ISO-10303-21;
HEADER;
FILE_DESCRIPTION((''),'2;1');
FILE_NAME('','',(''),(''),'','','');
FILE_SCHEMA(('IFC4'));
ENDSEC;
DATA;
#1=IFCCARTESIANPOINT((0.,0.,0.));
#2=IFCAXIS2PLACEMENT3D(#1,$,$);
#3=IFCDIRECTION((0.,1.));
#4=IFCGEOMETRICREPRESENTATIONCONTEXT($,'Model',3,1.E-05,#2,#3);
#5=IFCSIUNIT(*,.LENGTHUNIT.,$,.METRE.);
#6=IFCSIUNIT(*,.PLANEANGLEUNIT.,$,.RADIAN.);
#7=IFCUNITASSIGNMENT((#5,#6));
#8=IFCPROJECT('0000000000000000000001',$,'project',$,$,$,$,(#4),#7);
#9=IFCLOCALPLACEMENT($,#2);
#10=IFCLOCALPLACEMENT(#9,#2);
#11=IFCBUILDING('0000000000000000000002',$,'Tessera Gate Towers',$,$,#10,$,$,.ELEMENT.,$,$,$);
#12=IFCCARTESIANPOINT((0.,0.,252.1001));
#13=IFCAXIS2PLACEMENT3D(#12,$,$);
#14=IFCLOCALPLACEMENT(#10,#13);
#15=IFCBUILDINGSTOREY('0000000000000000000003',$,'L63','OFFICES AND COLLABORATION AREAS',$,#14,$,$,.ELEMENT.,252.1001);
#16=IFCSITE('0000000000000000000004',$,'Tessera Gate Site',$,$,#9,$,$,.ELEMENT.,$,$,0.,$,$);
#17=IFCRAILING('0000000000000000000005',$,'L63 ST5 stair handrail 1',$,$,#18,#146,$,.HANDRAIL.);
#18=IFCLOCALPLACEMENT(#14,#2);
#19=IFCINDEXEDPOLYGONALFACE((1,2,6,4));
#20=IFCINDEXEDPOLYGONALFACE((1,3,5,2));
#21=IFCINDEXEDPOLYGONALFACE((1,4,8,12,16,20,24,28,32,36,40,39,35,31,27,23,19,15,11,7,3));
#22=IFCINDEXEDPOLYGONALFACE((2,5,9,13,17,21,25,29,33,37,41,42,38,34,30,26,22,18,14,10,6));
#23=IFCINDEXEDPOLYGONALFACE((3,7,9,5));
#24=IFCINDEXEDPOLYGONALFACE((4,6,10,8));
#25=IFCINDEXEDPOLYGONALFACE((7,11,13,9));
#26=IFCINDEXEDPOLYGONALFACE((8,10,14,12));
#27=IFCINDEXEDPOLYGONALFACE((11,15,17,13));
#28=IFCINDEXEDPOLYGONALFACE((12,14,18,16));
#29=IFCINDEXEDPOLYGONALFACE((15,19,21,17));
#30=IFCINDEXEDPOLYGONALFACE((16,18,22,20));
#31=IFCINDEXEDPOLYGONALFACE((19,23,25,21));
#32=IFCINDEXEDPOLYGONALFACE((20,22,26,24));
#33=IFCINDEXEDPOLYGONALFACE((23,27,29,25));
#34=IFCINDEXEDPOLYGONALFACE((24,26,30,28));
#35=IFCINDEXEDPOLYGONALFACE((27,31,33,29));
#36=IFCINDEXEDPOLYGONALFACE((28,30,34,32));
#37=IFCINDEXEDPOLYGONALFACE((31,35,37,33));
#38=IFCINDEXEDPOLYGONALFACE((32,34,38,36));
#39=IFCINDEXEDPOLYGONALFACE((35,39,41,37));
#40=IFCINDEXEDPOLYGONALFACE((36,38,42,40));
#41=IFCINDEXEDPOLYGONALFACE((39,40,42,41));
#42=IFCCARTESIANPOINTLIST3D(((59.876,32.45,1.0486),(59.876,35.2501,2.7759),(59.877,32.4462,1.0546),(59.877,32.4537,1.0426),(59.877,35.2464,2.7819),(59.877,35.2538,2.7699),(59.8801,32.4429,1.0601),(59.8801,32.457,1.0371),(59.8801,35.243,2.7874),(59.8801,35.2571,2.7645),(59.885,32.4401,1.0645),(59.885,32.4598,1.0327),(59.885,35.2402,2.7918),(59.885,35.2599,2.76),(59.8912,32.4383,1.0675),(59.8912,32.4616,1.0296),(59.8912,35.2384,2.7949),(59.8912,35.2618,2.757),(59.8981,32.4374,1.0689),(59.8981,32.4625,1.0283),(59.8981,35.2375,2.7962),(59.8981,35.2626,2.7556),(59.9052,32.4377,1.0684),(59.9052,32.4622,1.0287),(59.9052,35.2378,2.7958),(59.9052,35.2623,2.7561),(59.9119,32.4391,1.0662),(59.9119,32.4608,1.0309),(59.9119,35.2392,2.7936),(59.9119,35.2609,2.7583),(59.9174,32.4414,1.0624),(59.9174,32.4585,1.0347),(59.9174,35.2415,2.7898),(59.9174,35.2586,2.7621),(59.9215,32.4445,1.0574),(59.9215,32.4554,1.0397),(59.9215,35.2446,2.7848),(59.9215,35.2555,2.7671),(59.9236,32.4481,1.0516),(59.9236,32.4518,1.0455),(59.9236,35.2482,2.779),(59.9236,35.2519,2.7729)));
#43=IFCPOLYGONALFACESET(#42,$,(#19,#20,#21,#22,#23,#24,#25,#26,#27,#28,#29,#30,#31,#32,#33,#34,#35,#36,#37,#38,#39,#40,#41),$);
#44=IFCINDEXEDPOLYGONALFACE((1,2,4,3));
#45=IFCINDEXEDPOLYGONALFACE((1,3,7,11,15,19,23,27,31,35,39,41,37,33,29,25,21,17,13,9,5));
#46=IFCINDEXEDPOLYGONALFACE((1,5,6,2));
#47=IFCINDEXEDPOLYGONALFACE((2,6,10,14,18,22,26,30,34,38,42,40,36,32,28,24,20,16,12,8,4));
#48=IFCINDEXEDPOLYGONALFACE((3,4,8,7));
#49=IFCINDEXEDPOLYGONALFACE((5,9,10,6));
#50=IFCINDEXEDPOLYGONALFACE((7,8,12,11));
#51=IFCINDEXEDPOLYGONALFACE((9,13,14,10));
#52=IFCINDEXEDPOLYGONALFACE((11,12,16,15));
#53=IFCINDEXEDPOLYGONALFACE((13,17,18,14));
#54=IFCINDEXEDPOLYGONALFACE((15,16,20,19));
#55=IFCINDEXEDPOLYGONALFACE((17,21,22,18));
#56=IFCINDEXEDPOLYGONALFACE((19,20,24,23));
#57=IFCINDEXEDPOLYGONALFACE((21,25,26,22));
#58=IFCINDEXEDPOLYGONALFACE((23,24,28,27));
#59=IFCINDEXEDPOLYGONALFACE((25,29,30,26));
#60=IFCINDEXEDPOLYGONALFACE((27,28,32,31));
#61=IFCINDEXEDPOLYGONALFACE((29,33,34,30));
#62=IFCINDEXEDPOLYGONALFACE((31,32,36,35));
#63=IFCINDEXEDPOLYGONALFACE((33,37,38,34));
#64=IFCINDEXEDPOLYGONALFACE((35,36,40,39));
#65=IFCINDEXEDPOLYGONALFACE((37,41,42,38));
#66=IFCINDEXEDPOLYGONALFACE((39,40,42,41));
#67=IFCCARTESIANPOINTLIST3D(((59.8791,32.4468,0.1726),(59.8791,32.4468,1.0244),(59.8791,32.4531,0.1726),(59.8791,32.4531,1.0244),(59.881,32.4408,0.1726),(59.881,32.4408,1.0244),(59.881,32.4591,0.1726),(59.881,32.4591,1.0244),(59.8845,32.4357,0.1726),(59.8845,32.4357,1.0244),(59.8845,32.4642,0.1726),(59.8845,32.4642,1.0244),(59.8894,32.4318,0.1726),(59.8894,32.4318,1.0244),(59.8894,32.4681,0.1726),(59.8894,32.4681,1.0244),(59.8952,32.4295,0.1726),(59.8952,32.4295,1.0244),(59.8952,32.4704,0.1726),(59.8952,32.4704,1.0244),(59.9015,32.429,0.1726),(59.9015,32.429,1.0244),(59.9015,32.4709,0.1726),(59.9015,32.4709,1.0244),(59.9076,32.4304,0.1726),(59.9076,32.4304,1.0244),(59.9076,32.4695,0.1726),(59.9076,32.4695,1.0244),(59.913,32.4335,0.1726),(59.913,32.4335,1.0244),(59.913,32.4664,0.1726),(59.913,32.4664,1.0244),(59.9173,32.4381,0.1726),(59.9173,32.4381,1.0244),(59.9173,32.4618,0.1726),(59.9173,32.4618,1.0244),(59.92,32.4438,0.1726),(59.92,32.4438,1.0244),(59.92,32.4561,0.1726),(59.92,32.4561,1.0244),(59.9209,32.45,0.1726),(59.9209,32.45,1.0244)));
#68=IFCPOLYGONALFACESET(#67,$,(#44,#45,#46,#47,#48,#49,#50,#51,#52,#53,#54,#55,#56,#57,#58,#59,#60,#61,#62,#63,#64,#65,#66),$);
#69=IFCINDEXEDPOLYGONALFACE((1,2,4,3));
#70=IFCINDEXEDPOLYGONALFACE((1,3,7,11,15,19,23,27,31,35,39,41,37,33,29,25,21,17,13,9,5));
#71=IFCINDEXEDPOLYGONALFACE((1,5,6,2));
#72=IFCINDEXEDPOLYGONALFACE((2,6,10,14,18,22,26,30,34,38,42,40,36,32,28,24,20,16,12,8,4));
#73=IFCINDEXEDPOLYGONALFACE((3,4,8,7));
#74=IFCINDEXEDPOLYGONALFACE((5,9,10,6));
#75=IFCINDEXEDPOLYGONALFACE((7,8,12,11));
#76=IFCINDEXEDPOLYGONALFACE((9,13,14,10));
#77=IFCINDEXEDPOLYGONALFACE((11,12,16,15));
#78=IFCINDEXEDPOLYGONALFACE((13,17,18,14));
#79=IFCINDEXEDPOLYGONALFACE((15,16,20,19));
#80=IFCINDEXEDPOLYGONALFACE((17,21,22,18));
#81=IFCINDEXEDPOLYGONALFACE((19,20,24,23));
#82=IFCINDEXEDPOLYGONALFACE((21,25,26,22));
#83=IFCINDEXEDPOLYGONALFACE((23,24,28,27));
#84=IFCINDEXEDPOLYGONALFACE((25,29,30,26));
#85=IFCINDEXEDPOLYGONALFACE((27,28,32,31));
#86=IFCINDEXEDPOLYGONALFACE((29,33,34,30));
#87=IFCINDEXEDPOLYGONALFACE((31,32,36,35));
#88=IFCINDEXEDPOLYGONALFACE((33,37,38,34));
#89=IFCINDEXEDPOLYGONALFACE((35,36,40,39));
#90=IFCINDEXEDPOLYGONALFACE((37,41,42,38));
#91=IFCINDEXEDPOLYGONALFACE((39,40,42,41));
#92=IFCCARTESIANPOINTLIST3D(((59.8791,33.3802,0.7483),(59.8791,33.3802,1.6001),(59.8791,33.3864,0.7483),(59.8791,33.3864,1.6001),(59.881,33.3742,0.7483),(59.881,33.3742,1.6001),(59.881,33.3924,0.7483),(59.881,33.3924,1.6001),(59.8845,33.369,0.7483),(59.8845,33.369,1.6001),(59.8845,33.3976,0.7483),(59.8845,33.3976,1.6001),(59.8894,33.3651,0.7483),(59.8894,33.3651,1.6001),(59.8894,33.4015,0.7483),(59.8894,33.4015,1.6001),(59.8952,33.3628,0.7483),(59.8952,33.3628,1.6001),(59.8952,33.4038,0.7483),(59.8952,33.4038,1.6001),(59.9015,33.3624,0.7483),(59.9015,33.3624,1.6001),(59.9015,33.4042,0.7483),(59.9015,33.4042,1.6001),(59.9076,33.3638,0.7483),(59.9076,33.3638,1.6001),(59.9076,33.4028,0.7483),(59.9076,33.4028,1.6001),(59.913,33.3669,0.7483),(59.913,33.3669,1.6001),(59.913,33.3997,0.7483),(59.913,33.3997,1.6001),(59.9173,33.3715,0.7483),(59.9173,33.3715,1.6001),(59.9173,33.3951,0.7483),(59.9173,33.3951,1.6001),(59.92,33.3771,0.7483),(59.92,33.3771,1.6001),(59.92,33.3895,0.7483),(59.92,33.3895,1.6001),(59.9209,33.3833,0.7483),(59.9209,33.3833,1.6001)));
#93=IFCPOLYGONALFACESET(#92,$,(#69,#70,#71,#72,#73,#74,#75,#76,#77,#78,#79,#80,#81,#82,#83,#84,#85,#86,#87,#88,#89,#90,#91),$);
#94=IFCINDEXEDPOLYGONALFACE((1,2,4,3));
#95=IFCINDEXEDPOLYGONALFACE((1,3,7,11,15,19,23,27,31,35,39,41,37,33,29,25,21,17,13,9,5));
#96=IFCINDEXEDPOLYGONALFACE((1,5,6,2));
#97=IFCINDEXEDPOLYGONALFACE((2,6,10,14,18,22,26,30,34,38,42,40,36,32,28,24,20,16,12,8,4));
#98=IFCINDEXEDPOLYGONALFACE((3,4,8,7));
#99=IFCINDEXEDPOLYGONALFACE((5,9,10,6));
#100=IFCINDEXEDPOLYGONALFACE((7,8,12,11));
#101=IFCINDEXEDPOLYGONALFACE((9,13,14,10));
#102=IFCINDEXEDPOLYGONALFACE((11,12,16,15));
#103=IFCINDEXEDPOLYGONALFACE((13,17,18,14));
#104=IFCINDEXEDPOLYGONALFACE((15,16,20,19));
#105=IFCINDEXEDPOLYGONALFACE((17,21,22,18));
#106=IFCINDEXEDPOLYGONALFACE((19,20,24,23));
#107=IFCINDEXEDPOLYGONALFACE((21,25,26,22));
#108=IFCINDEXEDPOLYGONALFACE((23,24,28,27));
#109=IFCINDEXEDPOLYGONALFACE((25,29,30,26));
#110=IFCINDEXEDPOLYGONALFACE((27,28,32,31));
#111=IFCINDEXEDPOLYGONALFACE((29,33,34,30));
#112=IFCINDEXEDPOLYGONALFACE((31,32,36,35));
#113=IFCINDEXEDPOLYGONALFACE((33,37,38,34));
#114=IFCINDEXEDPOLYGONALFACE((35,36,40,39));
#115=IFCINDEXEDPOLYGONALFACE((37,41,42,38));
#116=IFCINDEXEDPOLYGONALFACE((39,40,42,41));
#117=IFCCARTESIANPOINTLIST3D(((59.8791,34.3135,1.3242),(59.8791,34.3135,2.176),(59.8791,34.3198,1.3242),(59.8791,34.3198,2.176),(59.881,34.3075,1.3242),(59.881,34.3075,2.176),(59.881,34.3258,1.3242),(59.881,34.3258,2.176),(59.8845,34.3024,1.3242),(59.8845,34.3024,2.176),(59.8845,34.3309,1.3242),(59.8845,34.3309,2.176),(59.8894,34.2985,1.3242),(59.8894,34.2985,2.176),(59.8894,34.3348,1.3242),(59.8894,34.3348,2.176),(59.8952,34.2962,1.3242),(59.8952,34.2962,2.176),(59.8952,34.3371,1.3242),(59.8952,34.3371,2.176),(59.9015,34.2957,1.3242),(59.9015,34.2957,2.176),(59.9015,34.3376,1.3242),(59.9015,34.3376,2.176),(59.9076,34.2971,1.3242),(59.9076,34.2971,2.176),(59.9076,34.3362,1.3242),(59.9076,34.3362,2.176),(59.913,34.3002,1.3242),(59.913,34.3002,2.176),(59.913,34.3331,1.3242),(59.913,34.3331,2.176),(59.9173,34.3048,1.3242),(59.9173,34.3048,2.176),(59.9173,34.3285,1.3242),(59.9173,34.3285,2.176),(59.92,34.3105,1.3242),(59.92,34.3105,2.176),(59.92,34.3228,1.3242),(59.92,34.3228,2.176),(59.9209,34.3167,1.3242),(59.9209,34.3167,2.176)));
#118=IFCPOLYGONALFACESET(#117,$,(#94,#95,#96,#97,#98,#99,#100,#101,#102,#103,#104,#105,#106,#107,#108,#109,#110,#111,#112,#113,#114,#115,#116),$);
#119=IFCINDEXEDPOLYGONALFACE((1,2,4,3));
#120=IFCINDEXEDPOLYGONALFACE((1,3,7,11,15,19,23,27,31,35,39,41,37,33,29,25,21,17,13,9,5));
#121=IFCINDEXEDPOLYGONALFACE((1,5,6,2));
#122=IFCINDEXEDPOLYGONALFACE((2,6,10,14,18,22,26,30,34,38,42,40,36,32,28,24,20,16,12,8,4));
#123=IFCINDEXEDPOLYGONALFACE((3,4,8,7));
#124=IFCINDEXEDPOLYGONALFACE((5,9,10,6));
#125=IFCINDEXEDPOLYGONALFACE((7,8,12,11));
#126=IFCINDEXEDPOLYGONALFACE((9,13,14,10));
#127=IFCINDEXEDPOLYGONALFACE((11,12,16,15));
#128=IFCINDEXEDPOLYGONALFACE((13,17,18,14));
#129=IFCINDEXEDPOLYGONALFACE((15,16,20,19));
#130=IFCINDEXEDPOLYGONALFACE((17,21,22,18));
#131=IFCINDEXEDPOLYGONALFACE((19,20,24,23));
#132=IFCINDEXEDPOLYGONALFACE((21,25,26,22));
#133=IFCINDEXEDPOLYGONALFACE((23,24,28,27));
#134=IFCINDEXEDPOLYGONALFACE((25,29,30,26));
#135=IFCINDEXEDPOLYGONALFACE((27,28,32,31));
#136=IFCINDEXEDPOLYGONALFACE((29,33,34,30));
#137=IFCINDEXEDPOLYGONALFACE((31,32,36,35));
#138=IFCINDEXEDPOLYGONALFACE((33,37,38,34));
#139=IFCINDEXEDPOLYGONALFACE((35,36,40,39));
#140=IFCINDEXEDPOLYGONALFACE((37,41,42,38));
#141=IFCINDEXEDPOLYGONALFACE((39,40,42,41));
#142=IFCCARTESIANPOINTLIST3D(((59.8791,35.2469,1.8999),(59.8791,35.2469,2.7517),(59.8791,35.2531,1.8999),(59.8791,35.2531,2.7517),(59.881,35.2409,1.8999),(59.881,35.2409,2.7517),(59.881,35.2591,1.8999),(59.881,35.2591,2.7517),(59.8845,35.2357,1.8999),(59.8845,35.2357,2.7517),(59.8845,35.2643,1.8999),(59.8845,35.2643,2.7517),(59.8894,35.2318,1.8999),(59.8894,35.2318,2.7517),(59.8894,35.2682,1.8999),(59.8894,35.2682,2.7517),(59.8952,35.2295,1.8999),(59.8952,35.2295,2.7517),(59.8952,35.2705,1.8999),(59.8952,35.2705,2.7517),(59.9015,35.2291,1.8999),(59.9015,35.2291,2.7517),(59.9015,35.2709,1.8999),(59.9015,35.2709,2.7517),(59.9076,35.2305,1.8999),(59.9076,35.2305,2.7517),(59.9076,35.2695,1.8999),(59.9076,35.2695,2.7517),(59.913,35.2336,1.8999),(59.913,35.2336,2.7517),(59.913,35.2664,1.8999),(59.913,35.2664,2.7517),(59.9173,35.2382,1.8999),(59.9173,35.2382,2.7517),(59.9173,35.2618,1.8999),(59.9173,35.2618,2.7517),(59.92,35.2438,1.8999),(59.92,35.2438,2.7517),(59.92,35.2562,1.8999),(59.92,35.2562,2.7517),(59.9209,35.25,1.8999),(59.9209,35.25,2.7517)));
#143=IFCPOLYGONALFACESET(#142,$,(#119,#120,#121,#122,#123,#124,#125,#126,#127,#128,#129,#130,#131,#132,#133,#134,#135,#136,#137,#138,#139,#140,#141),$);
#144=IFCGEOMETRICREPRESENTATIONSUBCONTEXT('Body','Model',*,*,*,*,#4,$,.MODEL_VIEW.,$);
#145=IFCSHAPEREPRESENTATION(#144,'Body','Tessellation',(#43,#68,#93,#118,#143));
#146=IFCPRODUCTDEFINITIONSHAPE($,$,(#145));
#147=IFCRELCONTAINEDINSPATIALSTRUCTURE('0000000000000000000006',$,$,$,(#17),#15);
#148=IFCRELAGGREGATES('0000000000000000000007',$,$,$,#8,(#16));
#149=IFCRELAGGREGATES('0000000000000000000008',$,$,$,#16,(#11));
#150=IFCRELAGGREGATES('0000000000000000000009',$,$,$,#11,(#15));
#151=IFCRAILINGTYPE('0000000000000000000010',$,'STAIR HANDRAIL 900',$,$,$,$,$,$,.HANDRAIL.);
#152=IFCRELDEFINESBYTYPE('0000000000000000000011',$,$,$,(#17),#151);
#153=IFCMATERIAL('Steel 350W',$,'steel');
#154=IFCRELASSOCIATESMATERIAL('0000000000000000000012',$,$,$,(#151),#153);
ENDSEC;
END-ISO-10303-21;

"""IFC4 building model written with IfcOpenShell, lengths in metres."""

from ifc_helpers import new_model, si_unit, direction, frame, origin, origin_2d, place, context, subcontext, project, spatial, circle, extrude, material, type_object, element, save


model = new_model("IFC4")

# Units and contexts
model_context = context("Model", 3, precision=1e-05, world=origin(), true_north=direction((0.0, 1.0)))
body_context = subcontext(model_context, "Body", "Model", "MODEL_VIEW")
ifc_project = project(units=[si_unit("LENGTHUNIT", "METRE"), si_unit("PLANEANGLEUNIT", "RADIAN")], contexts=[model_context])

# Site, building, storey
site_placement = place(None, origin())
site = spatial("IfcSite", under=ifc_project, at=site_placement, Name="Tessera Gate Site", CompositionType="ELEMENT", RefElevation=0.0)
building_placement = place(site_placement, origin())
building = spatial("IfcBuilding", under=site, at=building_placement, Name="Tessera Gate Towers", CompositionType="ELEMENT")
storey_placement = place(building_placement, frame((0.0, 0.0, 252.1001)))
storey = spatial("IfcBuildingStorey", under=building, at=storey_placement, Name="L63", Description="OFFICES AND COLLABORATION AREAS", CompositionType="ELEMENT", Elevation=252.1001)

# Railing
ifc_material_1 = material(Name="Steel 350W", Category="steel")
railing_type_1 = type_object("IfcRailingType", Name="STAIR HANDRAIL 900", PredefinedType="HANDRAIL", material=ifc_material_1)
for number, where, name in (
    (1, (59.8999, 32.45, 0.1726), "L63 ST5 stair handrail 1"),
):
    element("IfcRailing", number, at=place(storey_placement, frame(where)), inside=storey, type_object=railing_type_1, Name=name, PredefinedType="HANDRAIL", context=body_context, shape_type="SweptSolid", body=[
        extrude(circle(Radius=0.0239, at=origin_2d()), frame((0.0, 0.0, 0.876), z_axis=(0.0, 0.85109, 0.52502), x_axis=(-1.0, 0.0, 0.0)), (0.0, 0.0, 1.0), 3.29),
        extrude(circle(Radius=0.021, at=origin_2d()), origin(), (0.0, 0.0, 1.0), 0.8518),
        extrude(circle(Radius=0.021, at=origin_2d()), frame((0.0, 0.9333, 0.5757)), (0.0, 0.0, 1.0), 0.8518),
        extrude(circle(Radius=0.021, at=origin_2d()), frame((0.0, 1.8667, 1.1516)), (0.0, 0.0, 1.0), 0.8518),
        extrude(circle(Radius=0.021, at=origin_2d()), frame((0.0, 2.8, 1.7273)), (0.0, 0.0, 1.0), 0.8518),
    ])

save(model, "model.ifc")
